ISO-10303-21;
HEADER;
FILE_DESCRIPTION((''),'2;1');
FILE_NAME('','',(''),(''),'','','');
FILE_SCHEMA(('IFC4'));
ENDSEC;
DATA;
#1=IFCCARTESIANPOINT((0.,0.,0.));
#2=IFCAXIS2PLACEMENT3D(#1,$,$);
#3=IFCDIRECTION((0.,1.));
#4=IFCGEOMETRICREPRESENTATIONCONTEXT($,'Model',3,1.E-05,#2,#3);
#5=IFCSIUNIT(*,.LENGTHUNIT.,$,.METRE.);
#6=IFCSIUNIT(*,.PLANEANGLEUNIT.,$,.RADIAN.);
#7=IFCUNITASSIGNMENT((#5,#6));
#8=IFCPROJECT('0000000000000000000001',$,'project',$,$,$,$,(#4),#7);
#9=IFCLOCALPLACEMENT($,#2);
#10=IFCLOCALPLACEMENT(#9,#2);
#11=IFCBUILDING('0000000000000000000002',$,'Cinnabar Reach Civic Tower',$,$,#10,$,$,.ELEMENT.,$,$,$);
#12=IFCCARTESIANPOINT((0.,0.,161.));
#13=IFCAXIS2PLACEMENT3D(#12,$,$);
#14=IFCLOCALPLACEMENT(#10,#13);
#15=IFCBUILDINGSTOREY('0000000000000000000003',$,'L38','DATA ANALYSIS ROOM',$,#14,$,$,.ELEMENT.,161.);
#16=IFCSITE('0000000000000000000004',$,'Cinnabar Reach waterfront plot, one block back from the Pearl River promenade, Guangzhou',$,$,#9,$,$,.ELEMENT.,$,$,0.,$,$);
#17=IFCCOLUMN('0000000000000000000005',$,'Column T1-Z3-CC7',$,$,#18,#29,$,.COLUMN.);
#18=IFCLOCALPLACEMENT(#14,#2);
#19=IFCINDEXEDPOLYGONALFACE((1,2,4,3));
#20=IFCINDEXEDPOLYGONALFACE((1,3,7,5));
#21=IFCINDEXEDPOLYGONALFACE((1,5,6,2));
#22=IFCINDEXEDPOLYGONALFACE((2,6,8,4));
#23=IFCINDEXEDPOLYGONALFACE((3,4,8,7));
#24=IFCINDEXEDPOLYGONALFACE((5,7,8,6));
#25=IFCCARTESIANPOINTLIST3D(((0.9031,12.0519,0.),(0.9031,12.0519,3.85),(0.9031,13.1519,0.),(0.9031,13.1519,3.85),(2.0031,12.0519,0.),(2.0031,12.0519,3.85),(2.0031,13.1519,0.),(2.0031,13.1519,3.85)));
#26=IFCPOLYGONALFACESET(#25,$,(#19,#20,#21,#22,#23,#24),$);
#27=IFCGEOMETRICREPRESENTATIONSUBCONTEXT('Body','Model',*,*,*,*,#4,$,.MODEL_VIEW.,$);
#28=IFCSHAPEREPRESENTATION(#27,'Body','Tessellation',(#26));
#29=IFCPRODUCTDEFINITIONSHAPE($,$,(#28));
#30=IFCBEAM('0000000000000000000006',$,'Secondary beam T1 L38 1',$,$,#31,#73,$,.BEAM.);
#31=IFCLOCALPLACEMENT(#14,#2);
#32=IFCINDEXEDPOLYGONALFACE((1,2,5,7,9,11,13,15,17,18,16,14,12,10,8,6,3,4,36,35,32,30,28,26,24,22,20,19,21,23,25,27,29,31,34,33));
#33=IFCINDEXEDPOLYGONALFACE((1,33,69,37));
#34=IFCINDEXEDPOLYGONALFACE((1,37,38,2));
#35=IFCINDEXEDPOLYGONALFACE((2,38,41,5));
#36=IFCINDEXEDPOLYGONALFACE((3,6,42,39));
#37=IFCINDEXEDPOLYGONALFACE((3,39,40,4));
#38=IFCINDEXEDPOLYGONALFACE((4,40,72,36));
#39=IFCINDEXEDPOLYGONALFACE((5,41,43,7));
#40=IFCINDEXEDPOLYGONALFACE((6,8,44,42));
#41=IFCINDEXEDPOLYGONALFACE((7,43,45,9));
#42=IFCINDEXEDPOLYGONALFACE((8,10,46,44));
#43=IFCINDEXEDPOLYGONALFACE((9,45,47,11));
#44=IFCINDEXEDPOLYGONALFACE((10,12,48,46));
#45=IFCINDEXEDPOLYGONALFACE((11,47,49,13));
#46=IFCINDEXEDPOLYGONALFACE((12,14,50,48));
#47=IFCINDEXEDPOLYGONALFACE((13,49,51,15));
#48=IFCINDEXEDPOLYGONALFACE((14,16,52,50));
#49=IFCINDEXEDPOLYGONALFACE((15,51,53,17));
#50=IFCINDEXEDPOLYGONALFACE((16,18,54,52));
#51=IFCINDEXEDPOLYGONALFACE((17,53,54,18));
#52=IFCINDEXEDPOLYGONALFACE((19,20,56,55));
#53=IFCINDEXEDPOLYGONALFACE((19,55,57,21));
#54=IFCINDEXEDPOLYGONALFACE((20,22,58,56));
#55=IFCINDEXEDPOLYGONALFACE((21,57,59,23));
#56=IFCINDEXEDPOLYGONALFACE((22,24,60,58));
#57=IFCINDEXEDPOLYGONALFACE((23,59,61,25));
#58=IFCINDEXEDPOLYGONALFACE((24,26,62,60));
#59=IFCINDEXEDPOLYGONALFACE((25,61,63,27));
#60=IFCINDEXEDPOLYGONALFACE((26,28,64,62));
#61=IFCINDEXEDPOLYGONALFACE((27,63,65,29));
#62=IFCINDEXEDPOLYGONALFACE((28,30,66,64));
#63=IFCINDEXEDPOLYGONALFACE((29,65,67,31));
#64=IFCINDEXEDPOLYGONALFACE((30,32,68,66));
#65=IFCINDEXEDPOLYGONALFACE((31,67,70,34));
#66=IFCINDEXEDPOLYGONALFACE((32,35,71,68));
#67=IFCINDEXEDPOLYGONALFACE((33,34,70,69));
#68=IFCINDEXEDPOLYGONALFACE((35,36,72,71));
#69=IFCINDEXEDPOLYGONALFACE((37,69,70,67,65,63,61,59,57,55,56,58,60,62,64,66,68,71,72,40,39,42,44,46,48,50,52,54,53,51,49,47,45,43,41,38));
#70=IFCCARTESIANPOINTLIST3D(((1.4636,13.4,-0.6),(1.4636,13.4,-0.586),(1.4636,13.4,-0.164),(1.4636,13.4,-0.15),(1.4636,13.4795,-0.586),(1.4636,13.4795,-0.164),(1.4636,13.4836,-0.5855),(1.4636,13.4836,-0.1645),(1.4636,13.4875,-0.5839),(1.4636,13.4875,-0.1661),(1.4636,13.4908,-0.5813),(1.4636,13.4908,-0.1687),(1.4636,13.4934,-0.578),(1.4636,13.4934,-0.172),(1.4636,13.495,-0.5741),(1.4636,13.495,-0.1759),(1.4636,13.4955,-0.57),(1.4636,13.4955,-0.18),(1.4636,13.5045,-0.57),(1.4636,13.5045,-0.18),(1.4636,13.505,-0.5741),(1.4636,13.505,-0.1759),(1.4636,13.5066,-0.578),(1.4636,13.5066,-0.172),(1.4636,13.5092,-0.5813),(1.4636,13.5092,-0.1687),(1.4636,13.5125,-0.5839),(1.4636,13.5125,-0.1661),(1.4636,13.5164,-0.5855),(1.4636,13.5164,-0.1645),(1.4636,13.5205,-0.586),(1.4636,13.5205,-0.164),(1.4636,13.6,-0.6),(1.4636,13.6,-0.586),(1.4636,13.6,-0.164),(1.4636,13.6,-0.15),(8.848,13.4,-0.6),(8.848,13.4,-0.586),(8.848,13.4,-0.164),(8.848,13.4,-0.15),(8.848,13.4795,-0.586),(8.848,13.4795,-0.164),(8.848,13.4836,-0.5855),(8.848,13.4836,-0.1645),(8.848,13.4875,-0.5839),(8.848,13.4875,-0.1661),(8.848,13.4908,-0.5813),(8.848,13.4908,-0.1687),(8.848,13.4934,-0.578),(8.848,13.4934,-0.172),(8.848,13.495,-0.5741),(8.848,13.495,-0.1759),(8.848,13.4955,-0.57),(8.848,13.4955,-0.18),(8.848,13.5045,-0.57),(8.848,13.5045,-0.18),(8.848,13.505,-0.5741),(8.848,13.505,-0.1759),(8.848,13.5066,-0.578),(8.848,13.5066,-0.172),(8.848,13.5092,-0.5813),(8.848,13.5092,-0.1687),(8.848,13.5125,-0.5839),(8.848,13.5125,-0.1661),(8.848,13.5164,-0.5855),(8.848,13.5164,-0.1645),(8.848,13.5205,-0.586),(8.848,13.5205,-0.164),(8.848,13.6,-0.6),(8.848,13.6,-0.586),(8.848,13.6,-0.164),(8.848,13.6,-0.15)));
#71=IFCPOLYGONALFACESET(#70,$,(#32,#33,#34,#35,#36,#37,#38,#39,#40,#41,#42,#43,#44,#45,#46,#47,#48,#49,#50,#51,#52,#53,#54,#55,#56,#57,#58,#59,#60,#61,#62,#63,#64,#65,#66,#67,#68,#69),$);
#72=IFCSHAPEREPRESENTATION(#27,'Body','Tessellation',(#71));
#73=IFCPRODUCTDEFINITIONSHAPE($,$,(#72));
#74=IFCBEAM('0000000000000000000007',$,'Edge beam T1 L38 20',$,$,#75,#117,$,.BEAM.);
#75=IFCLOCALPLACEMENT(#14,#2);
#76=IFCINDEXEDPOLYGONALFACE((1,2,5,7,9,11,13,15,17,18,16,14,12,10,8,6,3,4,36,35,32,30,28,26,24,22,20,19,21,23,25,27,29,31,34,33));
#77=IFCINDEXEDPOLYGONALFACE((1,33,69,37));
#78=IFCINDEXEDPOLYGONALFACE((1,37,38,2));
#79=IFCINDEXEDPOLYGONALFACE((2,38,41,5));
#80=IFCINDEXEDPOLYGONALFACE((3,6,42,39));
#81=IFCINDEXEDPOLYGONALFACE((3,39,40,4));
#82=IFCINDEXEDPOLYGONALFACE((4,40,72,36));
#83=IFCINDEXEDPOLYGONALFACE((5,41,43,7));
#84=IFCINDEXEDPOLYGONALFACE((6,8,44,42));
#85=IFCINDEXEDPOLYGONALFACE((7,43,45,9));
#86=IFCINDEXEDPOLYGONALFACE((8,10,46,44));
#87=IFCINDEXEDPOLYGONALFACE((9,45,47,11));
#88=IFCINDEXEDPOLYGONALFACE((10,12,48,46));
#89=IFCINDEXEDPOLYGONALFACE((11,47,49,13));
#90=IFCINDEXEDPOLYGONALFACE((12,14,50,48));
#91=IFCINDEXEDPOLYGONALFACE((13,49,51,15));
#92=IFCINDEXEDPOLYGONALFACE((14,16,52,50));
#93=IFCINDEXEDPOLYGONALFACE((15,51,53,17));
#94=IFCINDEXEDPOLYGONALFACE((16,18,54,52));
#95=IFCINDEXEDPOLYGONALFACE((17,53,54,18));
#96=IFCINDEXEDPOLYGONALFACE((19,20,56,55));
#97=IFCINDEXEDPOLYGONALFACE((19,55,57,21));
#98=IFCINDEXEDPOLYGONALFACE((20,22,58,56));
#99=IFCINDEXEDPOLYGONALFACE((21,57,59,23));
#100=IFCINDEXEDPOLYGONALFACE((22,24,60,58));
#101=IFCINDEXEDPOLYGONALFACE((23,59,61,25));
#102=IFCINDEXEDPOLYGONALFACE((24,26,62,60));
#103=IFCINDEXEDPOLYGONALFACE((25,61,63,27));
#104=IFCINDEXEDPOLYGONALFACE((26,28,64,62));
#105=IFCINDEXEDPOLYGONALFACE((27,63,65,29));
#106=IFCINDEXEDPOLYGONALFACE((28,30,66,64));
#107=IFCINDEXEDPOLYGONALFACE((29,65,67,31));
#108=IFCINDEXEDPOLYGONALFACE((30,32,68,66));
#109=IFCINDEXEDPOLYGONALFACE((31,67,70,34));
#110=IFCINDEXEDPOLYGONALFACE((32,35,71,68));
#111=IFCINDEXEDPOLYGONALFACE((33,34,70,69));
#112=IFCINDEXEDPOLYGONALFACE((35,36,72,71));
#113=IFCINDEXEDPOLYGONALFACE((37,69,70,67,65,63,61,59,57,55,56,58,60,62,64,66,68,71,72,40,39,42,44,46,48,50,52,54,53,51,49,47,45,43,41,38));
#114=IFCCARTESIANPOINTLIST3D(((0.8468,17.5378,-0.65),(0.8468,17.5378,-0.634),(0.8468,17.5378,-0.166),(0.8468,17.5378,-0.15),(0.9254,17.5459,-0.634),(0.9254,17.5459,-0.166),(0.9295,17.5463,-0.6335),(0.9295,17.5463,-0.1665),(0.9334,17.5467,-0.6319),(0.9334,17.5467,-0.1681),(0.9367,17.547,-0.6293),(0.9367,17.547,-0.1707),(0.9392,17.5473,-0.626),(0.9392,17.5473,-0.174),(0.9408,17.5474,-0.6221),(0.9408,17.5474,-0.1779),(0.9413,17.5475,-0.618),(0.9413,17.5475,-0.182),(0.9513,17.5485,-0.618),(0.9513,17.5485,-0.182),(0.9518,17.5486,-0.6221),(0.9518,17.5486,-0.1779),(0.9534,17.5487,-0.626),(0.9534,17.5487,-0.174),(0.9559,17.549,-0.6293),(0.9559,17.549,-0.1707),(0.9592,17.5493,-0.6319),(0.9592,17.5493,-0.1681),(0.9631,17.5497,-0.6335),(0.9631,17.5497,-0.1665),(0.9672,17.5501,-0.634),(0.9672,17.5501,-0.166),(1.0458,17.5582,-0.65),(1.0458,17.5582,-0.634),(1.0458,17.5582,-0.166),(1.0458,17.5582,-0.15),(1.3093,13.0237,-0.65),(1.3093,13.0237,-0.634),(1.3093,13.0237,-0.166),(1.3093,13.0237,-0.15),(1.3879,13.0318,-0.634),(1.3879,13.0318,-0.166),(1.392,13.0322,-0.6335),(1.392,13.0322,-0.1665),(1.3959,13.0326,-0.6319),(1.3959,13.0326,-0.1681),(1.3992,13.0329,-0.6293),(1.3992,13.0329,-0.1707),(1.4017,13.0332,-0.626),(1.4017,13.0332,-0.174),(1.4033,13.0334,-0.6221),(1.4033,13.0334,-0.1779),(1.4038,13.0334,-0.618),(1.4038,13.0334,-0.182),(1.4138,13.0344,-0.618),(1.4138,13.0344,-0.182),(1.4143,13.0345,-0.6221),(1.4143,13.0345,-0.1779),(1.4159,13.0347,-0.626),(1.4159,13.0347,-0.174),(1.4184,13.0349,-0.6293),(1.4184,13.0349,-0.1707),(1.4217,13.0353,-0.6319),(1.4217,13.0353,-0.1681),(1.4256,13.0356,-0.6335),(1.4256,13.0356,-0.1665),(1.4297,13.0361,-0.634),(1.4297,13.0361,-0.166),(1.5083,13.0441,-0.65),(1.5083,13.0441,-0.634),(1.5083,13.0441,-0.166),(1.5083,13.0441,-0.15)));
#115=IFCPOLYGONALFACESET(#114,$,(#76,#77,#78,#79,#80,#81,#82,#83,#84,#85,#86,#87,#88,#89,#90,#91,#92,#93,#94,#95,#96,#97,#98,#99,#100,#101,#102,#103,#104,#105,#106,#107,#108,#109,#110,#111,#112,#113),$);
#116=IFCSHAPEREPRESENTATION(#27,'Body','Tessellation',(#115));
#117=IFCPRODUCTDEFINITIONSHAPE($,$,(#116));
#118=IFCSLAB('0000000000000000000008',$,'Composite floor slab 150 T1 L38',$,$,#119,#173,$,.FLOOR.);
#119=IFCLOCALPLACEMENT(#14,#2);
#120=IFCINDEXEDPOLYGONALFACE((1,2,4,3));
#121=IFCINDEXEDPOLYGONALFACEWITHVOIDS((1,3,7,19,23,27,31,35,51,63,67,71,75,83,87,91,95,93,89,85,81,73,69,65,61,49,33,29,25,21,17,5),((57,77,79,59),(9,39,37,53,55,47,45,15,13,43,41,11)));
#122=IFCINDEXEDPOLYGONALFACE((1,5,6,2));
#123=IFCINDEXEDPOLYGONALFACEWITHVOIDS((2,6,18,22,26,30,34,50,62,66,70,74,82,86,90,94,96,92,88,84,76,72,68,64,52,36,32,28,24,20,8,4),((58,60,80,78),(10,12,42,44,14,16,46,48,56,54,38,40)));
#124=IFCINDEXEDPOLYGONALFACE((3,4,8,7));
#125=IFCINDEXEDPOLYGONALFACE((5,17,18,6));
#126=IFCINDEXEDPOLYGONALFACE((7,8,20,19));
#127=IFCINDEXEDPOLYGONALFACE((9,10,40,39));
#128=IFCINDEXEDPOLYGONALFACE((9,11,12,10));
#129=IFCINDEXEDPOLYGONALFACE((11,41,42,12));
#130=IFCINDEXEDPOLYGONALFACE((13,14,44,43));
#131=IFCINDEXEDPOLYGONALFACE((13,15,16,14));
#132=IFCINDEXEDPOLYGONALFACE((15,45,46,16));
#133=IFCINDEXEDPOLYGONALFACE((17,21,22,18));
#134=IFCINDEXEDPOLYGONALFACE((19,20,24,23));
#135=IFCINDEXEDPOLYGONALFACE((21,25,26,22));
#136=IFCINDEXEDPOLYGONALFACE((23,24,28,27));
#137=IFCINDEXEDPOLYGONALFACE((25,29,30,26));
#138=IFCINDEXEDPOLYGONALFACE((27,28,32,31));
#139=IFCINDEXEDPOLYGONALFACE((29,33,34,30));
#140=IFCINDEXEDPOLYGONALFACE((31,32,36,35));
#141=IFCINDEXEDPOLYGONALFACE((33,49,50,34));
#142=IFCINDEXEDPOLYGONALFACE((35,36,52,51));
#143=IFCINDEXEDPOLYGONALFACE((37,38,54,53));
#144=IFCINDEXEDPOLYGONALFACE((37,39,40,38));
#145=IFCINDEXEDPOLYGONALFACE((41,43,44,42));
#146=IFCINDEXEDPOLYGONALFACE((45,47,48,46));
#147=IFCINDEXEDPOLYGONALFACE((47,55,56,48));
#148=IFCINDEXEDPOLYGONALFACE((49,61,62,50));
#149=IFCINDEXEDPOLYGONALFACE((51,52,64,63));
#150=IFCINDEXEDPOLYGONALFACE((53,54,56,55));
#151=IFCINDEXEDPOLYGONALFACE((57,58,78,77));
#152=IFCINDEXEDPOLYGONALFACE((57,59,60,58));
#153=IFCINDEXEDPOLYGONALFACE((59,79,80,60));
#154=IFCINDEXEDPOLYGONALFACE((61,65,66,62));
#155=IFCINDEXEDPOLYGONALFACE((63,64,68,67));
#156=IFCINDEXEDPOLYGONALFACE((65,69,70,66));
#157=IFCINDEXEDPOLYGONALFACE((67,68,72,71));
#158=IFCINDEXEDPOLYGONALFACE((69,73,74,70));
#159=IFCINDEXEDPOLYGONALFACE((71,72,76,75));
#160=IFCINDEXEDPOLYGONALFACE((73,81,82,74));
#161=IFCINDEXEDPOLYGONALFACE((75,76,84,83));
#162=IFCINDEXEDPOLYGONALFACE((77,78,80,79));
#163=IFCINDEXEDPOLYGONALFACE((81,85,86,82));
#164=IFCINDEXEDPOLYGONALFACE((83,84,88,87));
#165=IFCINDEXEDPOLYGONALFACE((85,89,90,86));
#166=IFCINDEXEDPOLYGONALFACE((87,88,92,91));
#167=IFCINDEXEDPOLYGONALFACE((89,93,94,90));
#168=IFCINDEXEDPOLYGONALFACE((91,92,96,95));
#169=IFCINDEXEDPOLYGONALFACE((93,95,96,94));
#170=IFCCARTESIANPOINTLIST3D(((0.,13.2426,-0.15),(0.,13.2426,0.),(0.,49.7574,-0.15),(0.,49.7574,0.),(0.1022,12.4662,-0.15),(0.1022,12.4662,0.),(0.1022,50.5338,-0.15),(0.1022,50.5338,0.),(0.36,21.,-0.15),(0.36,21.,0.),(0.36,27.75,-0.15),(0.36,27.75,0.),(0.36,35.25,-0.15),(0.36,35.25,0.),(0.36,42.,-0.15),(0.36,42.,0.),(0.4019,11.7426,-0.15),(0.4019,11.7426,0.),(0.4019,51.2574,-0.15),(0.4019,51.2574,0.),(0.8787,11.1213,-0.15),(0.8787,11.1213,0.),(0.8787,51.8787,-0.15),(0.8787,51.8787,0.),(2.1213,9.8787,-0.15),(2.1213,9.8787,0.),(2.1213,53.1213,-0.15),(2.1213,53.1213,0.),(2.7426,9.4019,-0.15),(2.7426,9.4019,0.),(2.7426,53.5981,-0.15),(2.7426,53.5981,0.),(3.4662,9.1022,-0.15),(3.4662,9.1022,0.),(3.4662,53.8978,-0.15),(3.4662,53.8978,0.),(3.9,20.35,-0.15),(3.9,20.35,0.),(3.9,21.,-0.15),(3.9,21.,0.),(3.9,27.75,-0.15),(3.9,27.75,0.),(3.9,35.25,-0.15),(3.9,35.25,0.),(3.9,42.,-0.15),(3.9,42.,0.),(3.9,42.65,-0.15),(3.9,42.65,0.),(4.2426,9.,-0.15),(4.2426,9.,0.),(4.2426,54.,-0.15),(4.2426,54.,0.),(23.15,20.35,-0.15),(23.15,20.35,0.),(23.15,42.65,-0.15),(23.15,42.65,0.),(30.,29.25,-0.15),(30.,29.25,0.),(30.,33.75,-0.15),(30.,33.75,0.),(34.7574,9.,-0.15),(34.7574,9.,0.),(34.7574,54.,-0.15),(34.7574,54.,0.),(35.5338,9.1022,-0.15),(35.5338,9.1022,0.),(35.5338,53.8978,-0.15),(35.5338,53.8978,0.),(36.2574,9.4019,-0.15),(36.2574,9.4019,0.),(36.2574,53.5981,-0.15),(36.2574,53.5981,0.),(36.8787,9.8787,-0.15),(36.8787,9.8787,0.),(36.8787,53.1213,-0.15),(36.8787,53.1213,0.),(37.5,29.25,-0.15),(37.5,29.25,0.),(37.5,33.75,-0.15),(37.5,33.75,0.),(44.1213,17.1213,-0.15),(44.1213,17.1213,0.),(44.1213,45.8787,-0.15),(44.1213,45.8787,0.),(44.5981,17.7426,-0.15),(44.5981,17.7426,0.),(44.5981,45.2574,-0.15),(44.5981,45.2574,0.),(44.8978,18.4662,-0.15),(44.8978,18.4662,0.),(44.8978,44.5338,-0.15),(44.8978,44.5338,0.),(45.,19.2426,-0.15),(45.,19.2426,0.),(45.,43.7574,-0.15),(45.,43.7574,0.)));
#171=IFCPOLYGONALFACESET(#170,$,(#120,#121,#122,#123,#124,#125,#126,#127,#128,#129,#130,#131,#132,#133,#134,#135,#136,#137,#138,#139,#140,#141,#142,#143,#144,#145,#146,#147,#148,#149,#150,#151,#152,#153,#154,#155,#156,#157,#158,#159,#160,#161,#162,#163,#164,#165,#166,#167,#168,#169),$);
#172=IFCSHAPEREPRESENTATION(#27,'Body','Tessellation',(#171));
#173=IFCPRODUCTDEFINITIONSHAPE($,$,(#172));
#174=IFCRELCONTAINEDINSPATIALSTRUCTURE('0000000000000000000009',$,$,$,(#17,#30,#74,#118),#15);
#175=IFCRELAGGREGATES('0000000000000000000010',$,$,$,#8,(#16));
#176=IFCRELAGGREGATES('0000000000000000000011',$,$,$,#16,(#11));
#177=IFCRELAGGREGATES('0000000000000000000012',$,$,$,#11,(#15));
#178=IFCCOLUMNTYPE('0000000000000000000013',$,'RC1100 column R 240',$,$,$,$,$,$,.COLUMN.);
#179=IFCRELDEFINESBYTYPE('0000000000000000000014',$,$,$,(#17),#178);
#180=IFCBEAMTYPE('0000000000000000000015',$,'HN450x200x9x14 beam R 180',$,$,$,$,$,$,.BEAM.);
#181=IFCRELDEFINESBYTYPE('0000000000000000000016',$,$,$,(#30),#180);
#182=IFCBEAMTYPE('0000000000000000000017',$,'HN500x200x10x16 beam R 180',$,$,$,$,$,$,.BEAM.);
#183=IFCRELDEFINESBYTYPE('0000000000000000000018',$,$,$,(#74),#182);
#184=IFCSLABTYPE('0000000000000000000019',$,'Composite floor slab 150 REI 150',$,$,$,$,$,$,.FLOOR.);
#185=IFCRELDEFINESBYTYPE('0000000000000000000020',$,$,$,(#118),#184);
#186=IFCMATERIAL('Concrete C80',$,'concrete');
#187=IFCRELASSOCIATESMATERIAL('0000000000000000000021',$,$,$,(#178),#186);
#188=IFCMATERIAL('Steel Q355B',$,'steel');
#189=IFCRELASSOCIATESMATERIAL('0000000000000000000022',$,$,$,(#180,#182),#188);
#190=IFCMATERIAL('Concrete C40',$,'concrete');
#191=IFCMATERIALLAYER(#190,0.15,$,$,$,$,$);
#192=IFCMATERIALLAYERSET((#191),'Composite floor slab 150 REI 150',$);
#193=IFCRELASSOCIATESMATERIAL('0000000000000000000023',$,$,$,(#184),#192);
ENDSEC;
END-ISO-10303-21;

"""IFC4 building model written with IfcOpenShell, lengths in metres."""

from ifc_helpers import new_model, si_unit, direction, frame, origin, origin_2d, place, context, subcontext, project, spatial, polyline, rectangle, i_section, outline, extrude, material, layer, layer_set, material_profile, profile_set, type_object, element, save


model = new_model("IFC4")

# Units and contexts
model_context = context("Model", 3, precision=1e-05, world=origin(), true_north=direction((0.0, 1.0)))
body_context = subcontext(model_context, "Body", "Model", "MODEL_VIEW")
ifc_project = project(units=[si_unit("LENGTHUNIT", "METRE"), si_unit("PLANEANGLEUNIT", "RADIAN")], contexts=[model_context])

# Site, building, storey
site_placement = place(None, origin())
site = spatial("IfcSite", under=ifc_project, at=site_placement, Name="Cinnabar Reach waterfront plot, one block back from the Pearl River promenade, Guangzhou", CompositionType="ELEMENT", RefElevation=0.0)
building_placement = place(site_placement, origin())
building = spatial("IfcBuilding", under=site, at=building_placement, Name="Cinnabar Reach Civic Tower", CompositionType="ELEMENT")
storey_placement = place(building_placement, frame((0.0, 0.0, 161.0)))
storey = spatial("IfcBuildingStorey", under=building, at=storey_placement, Name="L38", Description="DATA ANALYSIS ROOM", CompositionType="ELEMENT", Elevation=161.0)

# Column
ifc_material_1 = material(Name="Concrete C80", Category="concrete")
ifc_material_profile_1 = material_profile(ifc_material_1, rectangle(XDim=1.1, YDim=1.1, at=origin_2d()), Name="RC1100")
ifc_profile_set_1 = profile_set([ifc_material_profile_1], Name="Concrete C80")
column_type = type_object("IfcColumnType", Name="RC1100 column R 240", PredefinedType="COLUMN", material=ifc_profile_set_1)
column_placement = place(storey_placement, frame((1.4531, 12.6019, 0.0), z_axis=(0.0, 0.0, 1.0), x_axis=(1.0, 0.0, 0.0)))
element("IfcColumn", 1, at=column_placement, inside=storey, type_object=column_type, Name="Column T1-Z3-CC7", PredefinedType="COLUMN", context=body_context, shape_type="SweptSolid", body=[
    extrude(rectangle(XDim=1.1, YDim=1.1, at=origin_2d()), origin(), (0.0, 0.0, 1.0), 3.85),
])

# Beams
ifc_material_2 = material(Name="Steel Q355B", Category="steel")
ifc_material_profile_2 = material_profile(ifc_material_2, i_section(OverallWidth=0.2, OverallDepth=0.45, WebThickness=0.009, FlangeThickness=0.014, FilletRadius=0.016, at=origin_2d()), Name="HN450x200x9x14")
ifc_profile_set_2 = profile_set([ifc_material_profile_2], Name="Steel Q355B")
beam_type_1 = type_object("IfcBeamType", Name="HN450x200x9x14 beam R 180", PredefinedType="BEAM", material=ifc_profile_set_2)
beam_1_placement = place(storey_placement, frame((1.4636, 13.5, -0.375), z_axis=(1.0, 0.0, 0.0), x_axis=(0.0, 1.0, 0.0)))
element("IfcBeam", 2, at=beam_1_placement, inside=storey, type_object=beam_type_1, Name="Secondary beam T1 L38 1", PredefinedType="BEAM", context=body_context, shape_type="SweptSolid", body=[
    extrude(i_section(OverallWidth=0.2, OverallDepth=0.45, WebThickness=0.009, FlangeThickness=0.014, FilletRadius=0.016, at=origin_2d()), origin(), (0.0, 0.0, 1.0), 7.3844),
])
ifc_material_profile_3 = material_profile(ifc_material_2, i_section(OverallWidth=0.2, OverallDepth=0.5, WebThickness=0.01, FlangeThickness=0.016, FilletRadius=0.016, at=origin_2d()), Name="HN500x200x10x16")
ifc_profile_set_3 = profile_set([ifc_material_profile_3], Name="Steel Q355B")
beam_type_2 = type_object("IfcBeamType", Name="HN500x200x10x16 beam R 180", PredefinedType="BEAM", material=ifc_profile_set_3)
beam_2_placement = place(storey_placement, frame((0.9463, 17.548, -0.4), z_axis=(0.101923, -0.994792, 0.0), x_axis=(0.994792, 0.101923, 0.0)))
element("IfcBeam", 3, at=beam_2_placement, inside=storey, type_object=beam_type_2, Name="Edge beam T1 L38 20", PredefinedType="BEAM", context=body_context, shape_type="SweptSolid", body=[
    extrude(i_section(OverallWidth=0.2, OverallDepth=0.5, WebThickness=0.01, FlangeThickness=0.016, FilletRadius=0.016, at=origin_2d()), origin(), (0.0, 0.0, 1.0), 4.5377),
])

# Slab
ifc_material_3 = material(Name="Concrete C40", Category="concrete")
ifc_layer_1 = layer(ifc_material_3, 0.15)
ifc_layer_set_1 = layer_set([ifc_layer_1], Name="Composite floor slab 150 REI 150")
slab_type_1 = type_object("IfcSlabType", Name="Composite floor slab 150 REI 150", PredefinedType="FLOOR", material=ifc_layer_set_1)
slab_1_placement = place(storey_placement, frame((0.0, 0.0, -0.15)))
element("IfcSlab", 4, at=slab_1_placement, inside=storey, type_object=slab_type_1, Name="Composite floor slab 150 T1 L38", PredefinedType="FLOOR", context=body_context, shape_type="SweptSolid", body=[
    extrude(outline(polyline([(0.8787, 11.1213), (0.4019, 11.7426), (0.1022, 12.4662), (0.0, 13.2426), (0.0, 49.7574), (0.1022, 50.5338), (0.4019, 51.2574), (0.8787, 51.8787), (2.1213, 53.1213), (2.7426, 53.5981), (3.4662, 53.8978), (4.2426, 54.0), (34.7574, 54.0), (35.5338, 53.8978), (36.2574, 53.5981), (36.8787, 53.1213), (44.1213, 45.8787), (44.5981, 45.2574), (44.8978, 44.5338), (45.0, 43.7574), (45.0, 19.2426), (44.8978, 18.4662), (44.5981, 17.7426), (44.1213, 17.1213), (36.8787, 9.8787), (36.2574, 9.4019), (35.5338, 9.1022), (34.7574, 9.0), (4.2426, 9.0), (3.4662, 9.1022), (2.7426, 9.4019), (2.1213, 9.8787), (0.8787, 11.1213)]), holes=[polyline([(0.36, 21.0), (3.9, 21.0), (3.9, 20.35), (23.15, 20.35), (23.15, 42.65), (3.9, 42.65), (3.9, 42.0), (0.36, 42.0), (0.36, 35.25), (3.9, 35.25), (3.9, 27.75), (0.36, 27.75), (0.36, 21.0)]), polyline([(30.0, 33.75), (30.0, 29.25), (37.5, 29.25), (37.5, 33.75), (30.0, 33.75)])]), origin(), (0.0, 0.0, 1.0), 0.15),
])

save(model, "model.ifc")
